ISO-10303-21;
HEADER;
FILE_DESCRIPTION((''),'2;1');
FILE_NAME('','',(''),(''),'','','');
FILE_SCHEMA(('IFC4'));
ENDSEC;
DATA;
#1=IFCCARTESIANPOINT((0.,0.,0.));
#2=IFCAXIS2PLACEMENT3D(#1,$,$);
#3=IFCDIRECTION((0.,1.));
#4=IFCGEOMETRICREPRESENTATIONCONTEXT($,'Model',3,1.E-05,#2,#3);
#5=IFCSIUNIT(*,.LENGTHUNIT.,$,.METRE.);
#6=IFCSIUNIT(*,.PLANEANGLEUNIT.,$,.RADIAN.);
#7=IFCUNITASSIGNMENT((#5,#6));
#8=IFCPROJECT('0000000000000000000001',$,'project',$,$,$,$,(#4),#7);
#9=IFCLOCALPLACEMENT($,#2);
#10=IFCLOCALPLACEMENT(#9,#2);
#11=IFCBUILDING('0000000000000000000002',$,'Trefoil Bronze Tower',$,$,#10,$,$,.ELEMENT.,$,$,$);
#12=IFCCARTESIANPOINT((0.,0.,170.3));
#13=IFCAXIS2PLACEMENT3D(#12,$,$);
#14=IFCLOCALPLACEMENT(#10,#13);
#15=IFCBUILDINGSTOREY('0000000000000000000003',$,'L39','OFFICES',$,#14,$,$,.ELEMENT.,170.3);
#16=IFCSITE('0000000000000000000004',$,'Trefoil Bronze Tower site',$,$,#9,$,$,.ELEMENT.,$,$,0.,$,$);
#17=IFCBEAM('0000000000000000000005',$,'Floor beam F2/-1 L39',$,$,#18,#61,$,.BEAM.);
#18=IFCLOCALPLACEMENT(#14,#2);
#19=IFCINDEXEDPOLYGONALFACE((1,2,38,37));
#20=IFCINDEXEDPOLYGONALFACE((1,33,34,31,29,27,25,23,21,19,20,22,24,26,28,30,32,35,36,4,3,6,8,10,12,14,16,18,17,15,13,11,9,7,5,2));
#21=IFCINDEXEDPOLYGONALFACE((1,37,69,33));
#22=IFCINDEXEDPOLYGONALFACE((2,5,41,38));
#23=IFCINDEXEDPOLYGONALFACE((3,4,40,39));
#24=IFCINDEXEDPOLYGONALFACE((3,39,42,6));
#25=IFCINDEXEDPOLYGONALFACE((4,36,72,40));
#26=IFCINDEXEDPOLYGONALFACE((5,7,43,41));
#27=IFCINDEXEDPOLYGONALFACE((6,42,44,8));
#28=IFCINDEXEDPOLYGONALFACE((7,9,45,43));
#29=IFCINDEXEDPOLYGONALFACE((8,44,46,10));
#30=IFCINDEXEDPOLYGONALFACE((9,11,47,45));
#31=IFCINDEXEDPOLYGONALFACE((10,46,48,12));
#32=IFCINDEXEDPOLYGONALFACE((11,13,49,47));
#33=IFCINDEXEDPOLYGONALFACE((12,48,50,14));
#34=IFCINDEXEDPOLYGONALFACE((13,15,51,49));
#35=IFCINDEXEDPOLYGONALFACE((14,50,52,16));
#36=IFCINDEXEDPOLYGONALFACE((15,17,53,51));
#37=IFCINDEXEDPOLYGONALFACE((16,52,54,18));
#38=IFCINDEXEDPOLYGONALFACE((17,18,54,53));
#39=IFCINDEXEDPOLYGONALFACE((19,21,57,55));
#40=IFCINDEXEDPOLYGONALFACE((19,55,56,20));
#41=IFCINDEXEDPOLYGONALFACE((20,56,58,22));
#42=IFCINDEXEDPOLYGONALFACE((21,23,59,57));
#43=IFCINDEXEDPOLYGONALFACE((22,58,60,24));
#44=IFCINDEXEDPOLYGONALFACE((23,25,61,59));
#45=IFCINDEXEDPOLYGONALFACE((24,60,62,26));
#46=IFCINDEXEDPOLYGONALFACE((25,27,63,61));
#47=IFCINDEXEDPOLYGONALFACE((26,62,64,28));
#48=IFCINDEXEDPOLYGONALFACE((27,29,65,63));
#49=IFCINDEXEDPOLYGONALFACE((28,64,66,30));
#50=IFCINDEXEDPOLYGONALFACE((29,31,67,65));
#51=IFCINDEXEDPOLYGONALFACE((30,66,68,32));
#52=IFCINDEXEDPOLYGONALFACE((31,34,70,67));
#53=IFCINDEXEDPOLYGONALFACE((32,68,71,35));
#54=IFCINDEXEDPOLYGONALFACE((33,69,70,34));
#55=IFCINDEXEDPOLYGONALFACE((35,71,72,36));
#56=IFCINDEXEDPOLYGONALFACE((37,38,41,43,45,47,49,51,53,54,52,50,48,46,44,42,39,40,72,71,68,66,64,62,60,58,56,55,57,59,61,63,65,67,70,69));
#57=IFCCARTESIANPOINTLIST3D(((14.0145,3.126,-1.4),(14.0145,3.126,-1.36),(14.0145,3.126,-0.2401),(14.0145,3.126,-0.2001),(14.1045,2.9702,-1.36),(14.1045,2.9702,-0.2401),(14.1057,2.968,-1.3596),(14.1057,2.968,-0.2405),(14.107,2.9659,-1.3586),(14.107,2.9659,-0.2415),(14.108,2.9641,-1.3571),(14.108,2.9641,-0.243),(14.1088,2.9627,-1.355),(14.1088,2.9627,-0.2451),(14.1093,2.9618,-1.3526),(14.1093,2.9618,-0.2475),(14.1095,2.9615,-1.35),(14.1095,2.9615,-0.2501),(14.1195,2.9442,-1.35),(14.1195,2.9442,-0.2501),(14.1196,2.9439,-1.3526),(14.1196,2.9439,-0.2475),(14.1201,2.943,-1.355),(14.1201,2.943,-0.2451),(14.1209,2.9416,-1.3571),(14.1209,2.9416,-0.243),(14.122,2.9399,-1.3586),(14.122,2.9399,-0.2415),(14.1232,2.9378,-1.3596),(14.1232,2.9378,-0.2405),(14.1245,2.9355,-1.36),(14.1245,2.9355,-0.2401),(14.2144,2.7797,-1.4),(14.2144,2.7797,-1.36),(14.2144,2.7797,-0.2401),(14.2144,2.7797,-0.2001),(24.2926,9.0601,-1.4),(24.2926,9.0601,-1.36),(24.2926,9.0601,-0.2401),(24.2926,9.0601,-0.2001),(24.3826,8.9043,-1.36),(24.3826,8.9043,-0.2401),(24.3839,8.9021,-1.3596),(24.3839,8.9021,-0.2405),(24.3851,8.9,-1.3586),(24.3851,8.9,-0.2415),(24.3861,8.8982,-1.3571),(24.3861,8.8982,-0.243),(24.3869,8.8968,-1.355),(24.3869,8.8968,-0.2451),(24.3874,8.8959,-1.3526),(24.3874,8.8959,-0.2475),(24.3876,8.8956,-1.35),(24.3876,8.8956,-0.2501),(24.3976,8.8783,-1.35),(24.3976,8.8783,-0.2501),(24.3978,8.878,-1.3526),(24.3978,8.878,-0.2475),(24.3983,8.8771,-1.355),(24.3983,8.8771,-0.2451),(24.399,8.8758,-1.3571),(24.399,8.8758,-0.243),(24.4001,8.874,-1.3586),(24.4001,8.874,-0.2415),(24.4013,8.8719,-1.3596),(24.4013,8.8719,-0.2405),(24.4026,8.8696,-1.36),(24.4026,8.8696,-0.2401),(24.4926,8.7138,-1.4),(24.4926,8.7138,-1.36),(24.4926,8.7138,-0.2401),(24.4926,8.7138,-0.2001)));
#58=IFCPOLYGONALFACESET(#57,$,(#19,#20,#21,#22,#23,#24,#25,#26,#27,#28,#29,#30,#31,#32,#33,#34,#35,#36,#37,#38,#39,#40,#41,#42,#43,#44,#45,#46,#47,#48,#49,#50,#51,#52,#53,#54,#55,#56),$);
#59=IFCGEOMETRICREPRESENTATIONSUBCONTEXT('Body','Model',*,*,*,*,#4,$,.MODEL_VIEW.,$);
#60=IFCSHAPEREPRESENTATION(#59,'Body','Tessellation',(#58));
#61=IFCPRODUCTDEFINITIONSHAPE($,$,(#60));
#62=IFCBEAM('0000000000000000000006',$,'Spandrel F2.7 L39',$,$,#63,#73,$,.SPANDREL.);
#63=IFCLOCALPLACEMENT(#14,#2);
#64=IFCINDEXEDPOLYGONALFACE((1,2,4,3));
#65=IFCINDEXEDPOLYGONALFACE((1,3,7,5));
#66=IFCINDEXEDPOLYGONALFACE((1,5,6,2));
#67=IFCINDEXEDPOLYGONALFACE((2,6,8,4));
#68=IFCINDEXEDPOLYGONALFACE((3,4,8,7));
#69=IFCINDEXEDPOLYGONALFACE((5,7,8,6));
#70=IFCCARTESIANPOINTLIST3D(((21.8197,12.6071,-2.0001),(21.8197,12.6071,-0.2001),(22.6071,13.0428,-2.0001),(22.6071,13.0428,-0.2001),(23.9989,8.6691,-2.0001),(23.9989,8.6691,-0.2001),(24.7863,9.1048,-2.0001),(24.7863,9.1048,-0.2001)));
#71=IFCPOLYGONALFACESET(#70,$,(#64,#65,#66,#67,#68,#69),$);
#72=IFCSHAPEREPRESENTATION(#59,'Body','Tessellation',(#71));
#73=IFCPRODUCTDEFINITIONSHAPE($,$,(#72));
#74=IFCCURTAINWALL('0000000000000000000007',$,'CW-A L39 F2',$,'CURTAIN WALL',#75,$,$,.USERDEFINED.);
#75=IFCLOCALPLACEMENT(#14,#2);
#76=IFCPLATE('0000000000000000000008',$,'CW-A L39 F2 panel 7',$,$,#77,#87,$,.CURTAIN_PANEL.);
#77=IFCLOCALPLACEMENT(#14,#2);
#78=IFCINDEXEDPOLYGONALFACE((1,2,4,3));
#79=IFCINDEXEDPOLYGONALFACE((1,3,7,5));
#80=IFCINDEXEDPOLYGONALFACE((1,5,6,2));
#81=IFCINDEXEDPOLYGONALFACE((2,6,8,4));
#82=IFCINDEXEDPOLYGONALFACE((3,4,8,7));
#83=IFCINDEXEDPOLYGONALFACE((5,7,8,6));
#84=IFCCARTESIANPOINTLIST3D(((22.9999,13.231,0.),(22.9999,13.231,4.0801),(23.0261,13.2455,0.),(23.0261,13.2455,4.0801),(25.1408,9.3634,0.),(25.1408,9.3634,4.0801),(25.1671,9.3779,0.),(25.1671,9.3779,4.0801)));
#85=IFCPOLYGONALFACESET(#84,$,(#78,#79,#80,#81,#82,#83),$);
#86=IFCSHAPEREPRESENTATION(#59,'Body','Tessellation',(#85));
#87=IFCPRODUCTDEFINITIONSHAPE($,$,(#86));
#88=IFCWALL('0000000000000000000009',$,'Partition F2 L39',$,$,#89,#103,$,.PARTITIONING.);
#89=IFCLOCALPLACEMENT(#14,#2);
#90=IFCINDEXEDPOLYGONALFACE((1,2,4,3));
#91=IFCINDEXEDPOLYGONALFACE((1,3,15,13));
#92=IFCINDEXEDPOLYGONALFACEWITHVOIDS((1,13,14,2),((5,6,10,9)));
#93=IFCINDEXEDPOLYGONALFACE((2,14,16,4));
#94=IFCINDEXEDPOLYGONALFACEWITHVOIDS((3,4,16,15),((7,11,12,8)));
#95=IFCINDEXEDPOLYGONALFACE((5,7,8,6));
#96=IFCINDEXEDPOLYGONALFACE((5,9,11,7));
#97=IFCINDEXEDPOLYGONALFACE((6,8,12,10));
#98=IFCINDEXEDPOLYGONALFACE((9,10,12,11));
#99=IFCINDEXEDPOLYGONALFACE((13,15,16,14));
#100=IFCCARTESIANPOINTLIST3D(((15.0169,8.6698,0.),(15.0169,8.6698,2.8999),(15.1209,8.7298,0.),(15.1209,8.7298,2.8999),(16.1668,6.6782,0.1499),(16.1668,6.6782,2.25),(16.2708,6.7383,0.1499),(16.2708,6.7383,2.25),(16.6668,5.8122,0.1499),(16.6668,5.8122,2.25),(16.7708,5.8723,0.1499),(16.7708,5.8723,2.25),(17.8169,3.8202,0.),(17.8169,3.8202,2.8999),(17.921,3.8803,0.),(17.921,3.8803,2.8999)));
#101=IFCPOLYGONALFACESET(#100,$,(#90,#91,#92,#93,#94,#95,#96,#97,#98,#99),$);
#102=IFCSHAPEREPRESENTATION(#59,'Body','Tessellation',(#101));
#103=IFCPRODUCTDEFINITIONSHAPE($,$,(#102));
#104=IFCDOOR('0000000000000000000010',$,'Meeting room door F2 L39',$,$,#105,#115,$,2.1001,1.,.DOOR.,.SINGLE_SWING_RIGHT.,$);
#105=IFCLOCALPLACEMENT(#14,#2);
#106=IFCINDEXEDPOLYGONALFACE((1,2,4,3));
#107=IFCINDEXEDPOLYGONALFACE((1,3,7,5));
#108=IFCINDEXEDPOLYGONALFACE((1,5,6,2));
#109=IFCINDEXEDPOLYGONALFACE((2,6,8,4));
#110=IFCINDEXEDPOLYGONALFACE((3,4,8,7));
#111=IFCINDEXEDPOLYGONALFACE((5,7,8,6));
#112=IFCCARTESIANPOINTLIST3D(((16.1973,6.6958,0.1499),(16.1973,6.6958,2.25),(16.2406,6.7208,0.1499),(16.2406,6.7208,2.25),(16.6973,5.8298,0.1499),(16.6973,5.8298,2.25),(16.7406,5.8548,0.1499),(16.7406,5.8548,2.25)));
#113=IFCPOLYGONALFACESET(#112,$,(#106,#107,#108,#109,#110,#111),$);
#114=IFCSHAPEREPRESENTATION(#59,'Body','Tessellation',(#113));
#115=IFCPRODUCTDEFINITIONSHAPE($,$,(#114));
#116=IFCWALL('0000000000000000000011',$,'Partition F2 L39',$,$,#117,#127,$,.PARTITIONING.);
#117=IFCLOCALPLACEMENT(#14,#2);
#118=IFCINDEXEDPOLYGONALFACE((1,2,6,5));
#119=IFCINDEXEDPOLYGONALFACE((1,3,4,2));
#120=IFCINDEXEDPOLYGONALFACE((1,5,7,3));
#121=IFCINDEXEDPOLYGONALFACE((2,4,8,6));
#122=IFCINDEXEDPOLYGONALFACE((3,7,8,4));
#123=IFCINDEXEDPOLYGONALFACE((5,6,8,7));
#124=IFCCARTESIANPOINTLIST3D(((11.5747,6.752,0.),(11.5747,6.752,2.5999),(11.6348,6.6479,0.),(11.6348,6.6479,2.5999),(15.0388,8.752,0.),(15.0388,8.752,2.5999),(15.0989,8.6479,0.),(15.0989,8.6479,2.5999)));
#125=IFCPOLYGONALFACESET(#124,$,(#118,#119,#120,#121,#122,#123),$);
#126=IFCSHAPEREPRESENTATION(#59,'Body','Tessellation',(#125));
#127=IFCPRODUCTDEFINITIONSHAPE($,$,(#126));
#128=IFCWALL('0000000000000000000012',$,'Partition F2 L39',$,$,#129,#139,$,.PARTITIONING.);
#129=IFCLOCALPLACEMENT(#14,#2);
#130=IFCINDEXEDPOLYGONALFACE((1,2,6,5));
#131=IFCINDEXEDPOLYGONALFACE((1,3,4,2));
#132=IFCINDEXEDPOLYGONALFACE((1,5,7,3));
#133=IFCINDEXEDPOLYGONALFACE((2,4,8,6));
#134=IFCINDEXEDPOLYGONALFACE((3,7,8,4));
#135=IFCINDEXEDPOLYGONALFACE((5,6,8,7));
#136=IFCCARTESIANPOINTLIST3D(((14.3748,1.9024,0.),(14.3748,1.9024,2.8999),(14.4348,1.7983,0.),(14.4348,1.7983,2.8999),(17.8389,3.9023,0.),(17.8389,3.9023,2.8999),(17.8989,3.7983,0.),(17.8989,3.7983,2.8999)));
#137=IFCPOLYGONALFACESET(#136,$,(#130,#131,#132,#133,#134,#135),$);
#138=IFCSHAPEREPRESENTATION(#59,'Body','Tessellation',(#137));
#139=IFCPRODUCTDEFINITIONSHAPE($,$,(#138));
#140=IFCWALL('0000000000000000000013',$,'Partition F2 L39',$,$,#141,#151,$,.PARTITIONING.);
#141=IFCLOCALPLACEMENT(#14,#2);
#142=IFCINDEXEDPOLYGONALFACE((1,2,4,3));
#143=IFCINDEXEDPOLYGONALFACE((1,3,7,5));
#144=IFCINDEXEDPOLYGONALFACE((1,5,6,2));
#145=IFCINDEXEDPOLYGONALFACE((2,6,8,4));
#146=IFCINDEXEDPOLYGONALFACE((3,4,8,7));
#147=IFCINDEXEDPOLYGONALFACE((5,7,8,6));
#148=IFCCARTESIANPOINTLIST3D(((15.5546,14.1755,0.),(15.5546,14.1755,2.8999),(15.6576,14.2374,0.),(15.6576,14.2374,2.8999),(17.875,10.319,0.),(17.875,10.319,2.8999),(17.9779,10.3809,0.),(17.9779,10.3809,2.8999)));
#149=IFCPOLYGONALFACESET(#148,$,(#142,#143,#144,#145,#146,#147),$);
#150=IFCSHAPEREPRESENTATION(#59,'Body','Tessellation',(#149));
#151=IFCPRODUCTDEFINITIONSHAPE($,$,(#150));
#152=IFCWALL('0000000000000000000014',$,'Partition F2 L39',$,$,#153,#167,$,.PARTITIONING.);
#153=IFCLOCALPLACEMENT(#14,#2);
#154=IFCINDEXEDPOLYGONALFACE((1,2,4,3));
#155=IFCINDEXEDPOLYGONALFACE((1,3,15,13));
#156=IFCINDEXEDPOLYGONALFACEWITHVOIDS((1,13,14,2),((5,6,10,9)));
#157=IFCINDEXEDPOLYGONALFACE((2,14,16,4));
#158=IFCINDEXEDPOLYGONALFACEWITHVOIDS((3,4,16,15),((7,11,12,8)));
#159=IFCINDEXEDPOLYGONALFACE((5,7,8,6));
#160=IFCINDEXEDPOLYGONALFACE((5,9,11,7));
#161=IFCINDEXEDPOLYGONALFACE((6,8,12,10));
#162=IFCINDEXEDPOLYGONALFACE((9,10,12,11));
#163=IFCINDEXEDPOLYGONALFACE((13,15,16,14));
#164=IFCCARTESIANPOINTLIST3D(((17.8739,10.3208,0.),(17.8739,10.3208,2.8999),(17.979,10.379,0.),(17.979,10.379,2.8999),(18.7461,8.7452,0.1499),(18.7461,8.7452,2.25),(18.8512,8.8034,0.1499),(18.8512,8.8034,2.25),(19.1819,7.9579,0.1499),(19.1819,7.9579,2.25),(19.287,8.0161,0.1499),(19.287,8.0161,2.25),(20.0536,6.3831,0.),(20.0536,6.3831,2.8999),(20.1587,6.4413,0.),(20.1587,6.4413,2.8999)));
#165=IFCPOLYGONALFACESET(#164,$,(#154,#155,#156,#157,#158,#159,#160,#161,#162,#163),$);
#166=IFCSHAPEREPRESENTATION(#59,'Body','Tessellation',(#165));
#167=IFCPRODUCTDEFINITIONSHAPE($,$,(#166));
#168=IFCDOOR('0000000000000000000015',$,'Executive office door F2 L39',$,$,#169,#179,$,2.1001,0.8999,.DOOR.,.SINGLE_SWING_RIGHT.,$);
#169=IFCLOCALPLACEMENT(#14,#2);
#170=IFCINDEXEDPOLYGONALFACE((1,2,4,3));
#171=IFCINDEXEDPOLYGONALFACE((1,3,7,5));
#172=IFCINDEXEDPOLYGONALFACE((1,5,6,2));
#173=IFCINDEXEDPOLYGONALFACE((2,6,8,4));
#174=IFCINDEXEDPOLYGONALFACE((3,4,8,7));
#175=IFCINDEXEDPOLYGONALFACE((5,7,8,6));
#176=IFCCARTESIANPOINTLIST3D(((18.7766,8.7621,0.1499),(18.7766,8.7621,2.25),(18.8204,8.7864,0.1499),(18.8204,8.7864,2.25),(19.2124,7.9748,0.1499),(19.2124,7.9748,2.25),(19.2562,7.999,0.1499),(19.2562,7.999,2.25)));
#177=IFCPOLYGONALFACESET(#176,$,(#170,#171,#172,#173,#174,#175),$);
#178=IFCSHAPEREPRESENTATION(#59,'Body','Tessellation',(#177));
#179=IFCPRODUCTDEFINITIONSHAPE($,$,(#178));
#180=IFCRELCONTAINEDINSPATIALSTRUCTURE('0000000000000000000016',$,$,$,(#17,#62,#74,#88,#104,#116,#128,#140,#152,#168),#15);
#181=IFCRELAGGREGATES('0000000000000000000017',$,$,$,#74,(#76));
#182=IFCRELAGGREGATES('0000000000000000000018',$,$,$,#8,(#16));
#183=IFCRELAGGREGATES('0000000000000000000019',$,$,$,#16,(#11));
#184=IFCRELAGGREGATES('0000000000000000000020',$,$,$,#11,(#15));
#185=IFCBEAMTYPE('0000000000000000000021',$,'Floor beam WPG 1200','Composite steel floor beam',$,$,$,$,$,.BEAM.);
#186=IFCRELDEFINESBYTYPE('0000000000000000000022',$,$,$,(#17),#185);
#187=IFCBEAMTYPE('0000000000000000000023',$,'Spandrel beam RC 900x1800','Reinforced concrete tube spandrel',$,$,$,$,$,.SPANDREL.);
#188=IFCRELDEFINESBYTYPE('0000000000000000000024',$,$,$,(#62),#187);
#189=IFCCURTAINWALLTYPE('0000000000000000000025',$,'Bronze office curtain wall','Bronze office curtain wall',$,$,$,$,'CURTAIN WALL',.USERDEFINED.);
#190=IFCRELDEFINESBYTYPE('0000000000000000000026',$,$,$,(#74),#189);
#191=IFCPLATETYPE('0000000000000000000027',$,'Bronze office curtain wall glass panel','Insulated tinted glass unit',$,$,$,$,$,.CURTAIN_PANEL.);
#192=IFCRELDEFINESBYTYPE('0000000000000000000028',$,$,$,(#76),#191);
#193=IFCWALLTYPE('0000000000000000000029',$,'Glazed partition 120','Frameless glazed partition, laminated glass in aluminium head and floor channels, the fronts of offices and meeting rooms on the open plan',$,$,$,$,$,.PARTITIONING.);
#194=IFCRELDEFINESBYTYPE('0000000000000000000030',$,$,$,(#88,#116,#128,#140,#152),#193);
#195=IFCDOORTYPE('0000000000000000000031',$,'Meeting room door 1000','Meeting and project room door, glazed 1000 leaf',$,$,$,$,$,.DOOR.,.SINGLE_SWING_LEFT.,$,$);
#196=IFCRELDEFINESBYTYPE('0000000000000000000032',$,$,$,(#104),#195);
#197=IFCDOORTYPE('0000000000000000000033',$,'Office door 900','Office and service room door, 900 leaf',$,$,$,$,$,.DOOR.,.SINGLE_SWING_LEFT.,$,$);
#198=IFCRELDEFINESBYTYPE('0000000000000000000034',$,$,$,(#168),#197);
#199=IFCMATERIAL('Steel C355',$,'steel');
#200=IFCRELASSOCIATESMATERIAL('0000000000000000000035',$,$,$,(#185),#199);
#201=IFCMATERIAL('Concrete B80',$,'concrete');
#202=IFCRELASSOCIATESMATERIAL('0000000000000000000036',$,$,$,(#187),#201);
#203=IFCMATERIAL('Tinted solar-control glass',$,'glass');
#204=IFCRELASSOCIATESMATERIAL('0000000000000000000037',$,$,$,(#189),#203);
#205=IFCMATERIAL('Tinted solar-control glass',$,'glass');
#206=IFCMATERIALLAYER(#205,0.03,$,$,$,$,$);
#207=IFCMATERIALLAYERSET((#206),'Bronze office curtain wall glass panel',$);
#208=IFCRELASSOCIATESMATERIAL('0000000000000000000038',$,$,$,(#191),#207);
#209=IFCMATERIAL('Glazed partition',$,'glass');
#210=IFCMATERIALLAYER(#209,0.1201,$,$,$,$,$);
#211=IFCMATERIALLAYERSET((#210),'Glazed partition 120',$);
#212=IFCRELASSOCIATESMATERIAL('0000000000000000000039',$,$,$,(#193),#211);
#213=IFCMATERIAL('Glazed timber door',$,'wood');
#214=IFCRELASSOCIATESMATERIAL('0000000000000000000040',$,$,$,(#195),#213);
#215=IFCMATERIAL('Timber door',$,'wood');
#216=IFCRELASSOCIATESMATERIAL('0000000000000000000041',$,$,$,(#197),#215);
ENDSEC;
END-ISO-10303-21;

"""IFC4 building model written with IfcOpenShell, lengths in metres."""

from ifc_helpers import new_model, si_unit, direction, frame, frame_2d, origin, origin_2d, place, context, subcontext, project, spatial, rectangle, i_section, extrude, material, layer, layer_set, material_profile, profile_set, type_object, element, fill, aggregate, save


model = new_model("IFC4")

# Units and contexts
model_context = context("Model", 3, precision=1e-05, world=origin(), true_north=direction((0.0, 1.0)))
body_context = subcontext(model_context, "Body", "Model", "MODEL_VIEW")
ifc_project = project(units=[si_unit("LENGTHUNIT", "METRE"), si_unit("PLANEANGLEUNIT", "RADIAN")], contexts=[model_context])

# Site, building, storey
site_placement = place(None, origin())
site = spatial("IfcSite", under=ifc_project, at=site_placement, Name="Trefoil Bronze Tower site", CompositionType="ELEMENT", RefElevation=0.0)
building_placement = place(site_placement, origin())
building = spatial("IfcBuilding", under=site, at=building_placement, Name="Trefoil Bronze Tower", CompositionType="ELEMENT")
storey_placement = place(building_placement, frame((0.0, 0.0, 170.3)))
storey = spatial("IfcBuildingStorey", under=building, at=storey_placement, Name="L39", Description="OFFICES", CompositionType="ELEMENT", Elevation=170.3)

# Beams
ifc_material_1 = material(Name="Steel C355", Category="steel")
ifc_material_profile_1 = material_profile(ifc_material_1, i_section(OverallWidth=0.3999, OverallDepth=1.2, WebThickness=0.02, FlangeThickness=0.04, FilletRadius=0.01, at=origin_2d()), Name="WPG 1200")
ifc_profile_set_1 = profile_set([ifc_material_profile_1], Name="Steel C355")
beam_type_1 = type_object("IfcBeamType", Name="Floor beam WPG 1200", Description="Composite steel floor beam", PredefinedType="BEAM", material=ifc_profile_set_1)
beam_1_placement = place(storey_placement, frame((24.3926, 8.887, -0.8), z_axis=(-0.866024, -0.500002, 0.0), x_axis=(0.500002, -0.866024, 0.0)))
element("IfcBeam", 1, at=beam_1_placement, inside=storey, type_object=beam_type_1, Name="Floor beam F2/-1 L39", PredefinedType="BEAM", context=body_context, shape_type="SweptSolid", body=[
    extrude(i_section(OverallWidth=0.3999, OverallDepth=1.2, WebThickness=0.02, FlangeThickness=0.04, FilletRadius=0.01, at=origin_2d()), origin(), (0.0, 0.0, 1.0), 11.8682),
])
ifc_material_2 = material(Name="Concrete B80", Category="concrete")
ifc_material_profile_2 = material_profile(ifc_material_2, rectangle(XDim=0.8999, YDim=1.8, at=origin_2d()), Name="RC 900x1800")
ifc_profile_set_2 = profile_set([ifc_material_profile_2], Name="Concrete B80")
beam_type_2 = type_object("IfcBeamType", Name="Spandrel beam RC 900x1800", Description="Reinforced concrete tube spandrel", PredefinedType="SPANDREL", material=ifc_profile_set_2)
beam_2_placement = place(storey_placement, frame((24.3926, 8.887, -1.1001), z_axis=(-0.484187, 0.874965, 0.0), x_axis=(-0.874965, -0.484187, 0.0)))
element("IfcBeam", 2, at=beam_2_placement, inside=storey, type_object=beam_type_2, Name="Spandrel F2.7 L39", PredefinedType="SPANDREL", context=body_context, shape_type="SweptSolid", body=[
    extrude(rectangle(XDim=0.8999, YDim=1.8, at=origin_2d()), origin(), (0.0, 0.0, 1.0), 4.5007),
])

# Curtain wall, plate
ifc_material_3 = material(Name="Tinted solar-control glass", Category="glass")
curtain_wall_type = type_object("IfcCurtainWallType", Name="Bronze office curtain wall", Description="Bronze office curtain wall", ElementType="CURTAIN WALL", PredefinedType="USERDEFINED", material=ifc_material_3)
curtain_wall_placement = place(storey_placement, origin())
curtain_wall = element("IfcCurtainWall", 3, at=curtain_wall_placement, inside=storey, type_object=curtain_wall_type, Name="CW-A L39 F2", ObjectType="CURTAIN WALL", PredefinedType="USERDEFINED")
ifc_material_4 = material(Name="Tinted solar-control glass", Category="glass")
ifc_layer_1 = layer(ifc_material_4, 0.03)
ifc_layer_set_1 = layer_set([ifc_layer_1], Name="Bronze office curtain wall glass panel")
plate_type = type_object("IfcPlateType", Name="Bronze office curtain wall glass panel", Description="Insulated tinted glass unit", PredefinedType="CURTAIN_PANEL", material=ifc_layer_set_1)
plate_placement = place(storey_placement, frame((24.0835, 11.3044, 0.0), z_axis=(0.0, 0.0, 1.0), x_axis=(-0.484312, 0.874895, 0.0)))
plate = element("IfcPlate", 4, at=plate_placement, type_object=plate_type, Name="CW-A L39 F2 panel 7", PredefinedType="CURTAIN_PANEL", context=body_context, shape_type="SweptSolid", body=[
    extrude(rectangle(XDim=4.4207, YDim=0.03, at=origin_2d()), origin(), (0.0, 0.0, 1.0), 4.0801),
])
aggregate(curtain_wall, [plate])

# Wall, opening, door
ifc_material_5 = material(Name="Glazed partition", Category="glass")
ifc_layer_2 = layer(ifc_material_5, 0.1201)
ifc_layer_set_2 = layer_set([ifc_layer_2], Name="Glazed partition 120")
wall_type_1 = type_object("IfcWallType", Name="Glazed partition 120", Description="Frameless glazed partition, laminated glass in aluminium head and floor channels, the fronts of offices and meeting rooms on the open plan", PredefinedType="PARTITIONING", material=ifc_layer_set_2)
wall_1_placement = place(storey_placement, frame((17.8689, 3.8503, 0.0), z_axis=(0.0, 0.0, 1.0), x_axis=(-0.500017, 0.866016, 0.0)))
wall_1 = element("IfcWall", 5, at=wall_1_placement, inside=storey, type_object=wall_type_1, Name="Partition F2 L39", PredefinedType="PARTITIONING", context=body_context, shape_type="SweptSolid", body=[
    extrude(rectangle(XDim=5.5999, YDim=0.1201, at=frame_2d((2.7998, 0.0))), origin(), (0.0, 0.0, 1.0), 2.8999),
])
opening_1_placement = place(wall_1_placement, frame((2.3, 0.0, 0.1499)))
opening_1 = element("IfcOpeningElement", 6, at=opening_1_placement, cuts=wall_1, PredefinedType="OPENING", context=body_context, shape_type="SweptSolid", body=[
    extrude(rectangle(XDim=1.0, YDim=2.1001, at=frame_2d((0.5, 1.05))), frame((0.0, 0.0701, 0.0), z_axis=(0.0, -1.0, 0.0), x_axis=(1.0, 0.0, 0.0)), (0.0, 0.0, 1.0), 0.1401),
])
ifc_material_6 = material(Name="Glazed timber door", Category="wood")
door_type_1 = type_object("IfcDoorType", Name="Meeting room door 1000", Description="Meeting and project room door, glazed 1000 leaf", OperationType="SINGLE_SWING_LEFT", PredefinedType="DOOR", material=ifc_material_6)
door_1_placement = place(opening_1_placement, origin())
door_1 = element("IfcDoor", 7, at=door_1_placement, inside=storey, type_object=door_type_1, Name="Meeting room door F2 L39", OperationType="SINGLE_SWING_RIGHT", OverallHeight=2.1001, OverallWidth=1.0, PredefinedType="DOOR", context=body_context, shape_type="SweptSolid", body=[
    extrude(rectangle(XDim=1.0, YDim=2.1001, at=frame_2d((0.5, 1.05))), frame((0.0, 0.0249, 0.0), z_axis=(0.0, -1.0, 0.0), x_axis=(1.0, 0.0, 0.0)), (0.0, 0.0, 1.0), 0.05),
])
fill(opening_1, door_1)

# Walls
wall_2_placement = place(storey_placement, frame((11.6047, 6.7, 0.0), z_axis=(0.0, 0.0, 1.0), x_axis=(0.866026, 0.499999, 0.0)))
element("IfcWall", 8, at=wall_2_placement, inside=storey, type_object=wall_type_1, Name="Partition F2 L39", PredefinedType="PARTITIONING", context=body_context, shape_type="SweptSolid", body=[
    extrude(rectangle(XDim=4.0, YDim=0.1201, at=frame_2d((2.0, 0.0))), origin(), (0.0, 0.0, 1.0), 2.5999),
])
wall_3_placement = place(storey_placement, frame((14.4048, 1.8503, 0.0), z_axis=(0.0, 0.0, 1.0), x_axis=(0.866026, 0.499999, 0.0)))
element("IfcWall", 9, at=wall_3_placement, inside=storey, type_object=wall_type_1, Name="Partition F2 L39", PredefinedType="PARTITIONING", context=body_context, shape_type="SweptSolid", body=[
    extrude(rectangle(XDim=4.0, YDim=0.1201, at=frame_2d((2.0, 0.0))), origin(), (0.0, 0.0, 1.0), 2.8999),
])
wall_4_placement = place(storey_placement, frame((17.9265, 10.3499, 0.0), z_axis=(0.0, 0.0, 1.0), x_axis=(-0.515548, 0.85686, 0.0)))
element("IfcWall", 10, at=wall_4_placement, inside=storey, type_object=wall_type_1, Name="Partition F2 L39", PredefinedType="PARTITIONING", context=body_context, shape_type="SweptSolid", body=[
    extrude(rectangle(XDim=4.5007, YDim=0.1201, at=frame_2d((2.2505, 0.0))), origin(), (0.0, 0.0, 1.0), 2.8999),
])

# Wall, opening, door
wall_5_placement = place(storey_placement, frame((20.1062, 6.4121, 0.0), z_axis=(0.0, 0.0, 1.0), x_axis=(-0.484293, 0.874906, 0.0)))
wall_5 = element("IfcWall", 11, at=wall_5_placement, inside=storey, type_object=wall_type_1, Name="Partition F2 L39", PredefinedType="PARTITIONING", context=body_context, shape_type="SweptSolid", body=[
    extrude(rectangle(XDim=4.5007, YDim=0.1201, at=frame_2d((2.2505, 0.0))), origin(), (0.0, 0.0, 1.0), 2.8999),
])
opening_2_placement = place(wall_5_placement, frame((1.8, 0.0, 0.1499)))
opening_2 = element("IfcOpeningElement", 12, at=opening_2_placement, cuts=wall_5, PredefinedType="OPENING", context=body_context, shape_type="SweptSolid", body=[
    extrude(rectangle(XDim=0.8999, YDim=2.1001, at=frame_2d((0.45, 1.05))), frame((0.0, 0.0701, 0.0), z_axis=(0.0, -1.0, 0.0), x_axis=(1.0, 0.0, 0.0)), (0.0, 0.0, 1.0), 0.1401),
])
ifc_material_7 = material(Name="Timber door", Category="wood")
door_type_2 = type_object("IfcDoorType", Name="Office door 900", Description="Office and service room door, 900 leaf", OperationType="SINGLE_SWING_LEFT", PredefinedType="DOOR", material=ifc_material_7)
door_2_placement = place(opening_2_placement, frame((0.8999, 0.0, 0.0), z_axis=(0.0, 0.0, 1.0), x_axis=(-1.0, 0.0, 0.0)))
door_2 = element("IfcDoor", 13, at=door_2_placement, inside=storey, type_object=door_type_2, Name="Executive office door F2 L39", OperationType="SINGLE_SWING_RIGHT", OverallHeight=2.1001, OverallWidth=0.8999, PredefinedType="DOOR", context=body_context, shape_type="SweptSolid", body=[
    extrude(rectangle(XDim=0.8999, YDim=2.1001, at=frame_2d((0.45, 1.05))), frame((0.0, 0.0249, 0.0), z_axis=(0.0, -1.0, 0.0), x_axis=(1.0, 0.0, 0.0)), (0.0, 0.0, 1.0), 0.05),
])
fill(opening_2, door_2)

save(model, "model.ifc")
